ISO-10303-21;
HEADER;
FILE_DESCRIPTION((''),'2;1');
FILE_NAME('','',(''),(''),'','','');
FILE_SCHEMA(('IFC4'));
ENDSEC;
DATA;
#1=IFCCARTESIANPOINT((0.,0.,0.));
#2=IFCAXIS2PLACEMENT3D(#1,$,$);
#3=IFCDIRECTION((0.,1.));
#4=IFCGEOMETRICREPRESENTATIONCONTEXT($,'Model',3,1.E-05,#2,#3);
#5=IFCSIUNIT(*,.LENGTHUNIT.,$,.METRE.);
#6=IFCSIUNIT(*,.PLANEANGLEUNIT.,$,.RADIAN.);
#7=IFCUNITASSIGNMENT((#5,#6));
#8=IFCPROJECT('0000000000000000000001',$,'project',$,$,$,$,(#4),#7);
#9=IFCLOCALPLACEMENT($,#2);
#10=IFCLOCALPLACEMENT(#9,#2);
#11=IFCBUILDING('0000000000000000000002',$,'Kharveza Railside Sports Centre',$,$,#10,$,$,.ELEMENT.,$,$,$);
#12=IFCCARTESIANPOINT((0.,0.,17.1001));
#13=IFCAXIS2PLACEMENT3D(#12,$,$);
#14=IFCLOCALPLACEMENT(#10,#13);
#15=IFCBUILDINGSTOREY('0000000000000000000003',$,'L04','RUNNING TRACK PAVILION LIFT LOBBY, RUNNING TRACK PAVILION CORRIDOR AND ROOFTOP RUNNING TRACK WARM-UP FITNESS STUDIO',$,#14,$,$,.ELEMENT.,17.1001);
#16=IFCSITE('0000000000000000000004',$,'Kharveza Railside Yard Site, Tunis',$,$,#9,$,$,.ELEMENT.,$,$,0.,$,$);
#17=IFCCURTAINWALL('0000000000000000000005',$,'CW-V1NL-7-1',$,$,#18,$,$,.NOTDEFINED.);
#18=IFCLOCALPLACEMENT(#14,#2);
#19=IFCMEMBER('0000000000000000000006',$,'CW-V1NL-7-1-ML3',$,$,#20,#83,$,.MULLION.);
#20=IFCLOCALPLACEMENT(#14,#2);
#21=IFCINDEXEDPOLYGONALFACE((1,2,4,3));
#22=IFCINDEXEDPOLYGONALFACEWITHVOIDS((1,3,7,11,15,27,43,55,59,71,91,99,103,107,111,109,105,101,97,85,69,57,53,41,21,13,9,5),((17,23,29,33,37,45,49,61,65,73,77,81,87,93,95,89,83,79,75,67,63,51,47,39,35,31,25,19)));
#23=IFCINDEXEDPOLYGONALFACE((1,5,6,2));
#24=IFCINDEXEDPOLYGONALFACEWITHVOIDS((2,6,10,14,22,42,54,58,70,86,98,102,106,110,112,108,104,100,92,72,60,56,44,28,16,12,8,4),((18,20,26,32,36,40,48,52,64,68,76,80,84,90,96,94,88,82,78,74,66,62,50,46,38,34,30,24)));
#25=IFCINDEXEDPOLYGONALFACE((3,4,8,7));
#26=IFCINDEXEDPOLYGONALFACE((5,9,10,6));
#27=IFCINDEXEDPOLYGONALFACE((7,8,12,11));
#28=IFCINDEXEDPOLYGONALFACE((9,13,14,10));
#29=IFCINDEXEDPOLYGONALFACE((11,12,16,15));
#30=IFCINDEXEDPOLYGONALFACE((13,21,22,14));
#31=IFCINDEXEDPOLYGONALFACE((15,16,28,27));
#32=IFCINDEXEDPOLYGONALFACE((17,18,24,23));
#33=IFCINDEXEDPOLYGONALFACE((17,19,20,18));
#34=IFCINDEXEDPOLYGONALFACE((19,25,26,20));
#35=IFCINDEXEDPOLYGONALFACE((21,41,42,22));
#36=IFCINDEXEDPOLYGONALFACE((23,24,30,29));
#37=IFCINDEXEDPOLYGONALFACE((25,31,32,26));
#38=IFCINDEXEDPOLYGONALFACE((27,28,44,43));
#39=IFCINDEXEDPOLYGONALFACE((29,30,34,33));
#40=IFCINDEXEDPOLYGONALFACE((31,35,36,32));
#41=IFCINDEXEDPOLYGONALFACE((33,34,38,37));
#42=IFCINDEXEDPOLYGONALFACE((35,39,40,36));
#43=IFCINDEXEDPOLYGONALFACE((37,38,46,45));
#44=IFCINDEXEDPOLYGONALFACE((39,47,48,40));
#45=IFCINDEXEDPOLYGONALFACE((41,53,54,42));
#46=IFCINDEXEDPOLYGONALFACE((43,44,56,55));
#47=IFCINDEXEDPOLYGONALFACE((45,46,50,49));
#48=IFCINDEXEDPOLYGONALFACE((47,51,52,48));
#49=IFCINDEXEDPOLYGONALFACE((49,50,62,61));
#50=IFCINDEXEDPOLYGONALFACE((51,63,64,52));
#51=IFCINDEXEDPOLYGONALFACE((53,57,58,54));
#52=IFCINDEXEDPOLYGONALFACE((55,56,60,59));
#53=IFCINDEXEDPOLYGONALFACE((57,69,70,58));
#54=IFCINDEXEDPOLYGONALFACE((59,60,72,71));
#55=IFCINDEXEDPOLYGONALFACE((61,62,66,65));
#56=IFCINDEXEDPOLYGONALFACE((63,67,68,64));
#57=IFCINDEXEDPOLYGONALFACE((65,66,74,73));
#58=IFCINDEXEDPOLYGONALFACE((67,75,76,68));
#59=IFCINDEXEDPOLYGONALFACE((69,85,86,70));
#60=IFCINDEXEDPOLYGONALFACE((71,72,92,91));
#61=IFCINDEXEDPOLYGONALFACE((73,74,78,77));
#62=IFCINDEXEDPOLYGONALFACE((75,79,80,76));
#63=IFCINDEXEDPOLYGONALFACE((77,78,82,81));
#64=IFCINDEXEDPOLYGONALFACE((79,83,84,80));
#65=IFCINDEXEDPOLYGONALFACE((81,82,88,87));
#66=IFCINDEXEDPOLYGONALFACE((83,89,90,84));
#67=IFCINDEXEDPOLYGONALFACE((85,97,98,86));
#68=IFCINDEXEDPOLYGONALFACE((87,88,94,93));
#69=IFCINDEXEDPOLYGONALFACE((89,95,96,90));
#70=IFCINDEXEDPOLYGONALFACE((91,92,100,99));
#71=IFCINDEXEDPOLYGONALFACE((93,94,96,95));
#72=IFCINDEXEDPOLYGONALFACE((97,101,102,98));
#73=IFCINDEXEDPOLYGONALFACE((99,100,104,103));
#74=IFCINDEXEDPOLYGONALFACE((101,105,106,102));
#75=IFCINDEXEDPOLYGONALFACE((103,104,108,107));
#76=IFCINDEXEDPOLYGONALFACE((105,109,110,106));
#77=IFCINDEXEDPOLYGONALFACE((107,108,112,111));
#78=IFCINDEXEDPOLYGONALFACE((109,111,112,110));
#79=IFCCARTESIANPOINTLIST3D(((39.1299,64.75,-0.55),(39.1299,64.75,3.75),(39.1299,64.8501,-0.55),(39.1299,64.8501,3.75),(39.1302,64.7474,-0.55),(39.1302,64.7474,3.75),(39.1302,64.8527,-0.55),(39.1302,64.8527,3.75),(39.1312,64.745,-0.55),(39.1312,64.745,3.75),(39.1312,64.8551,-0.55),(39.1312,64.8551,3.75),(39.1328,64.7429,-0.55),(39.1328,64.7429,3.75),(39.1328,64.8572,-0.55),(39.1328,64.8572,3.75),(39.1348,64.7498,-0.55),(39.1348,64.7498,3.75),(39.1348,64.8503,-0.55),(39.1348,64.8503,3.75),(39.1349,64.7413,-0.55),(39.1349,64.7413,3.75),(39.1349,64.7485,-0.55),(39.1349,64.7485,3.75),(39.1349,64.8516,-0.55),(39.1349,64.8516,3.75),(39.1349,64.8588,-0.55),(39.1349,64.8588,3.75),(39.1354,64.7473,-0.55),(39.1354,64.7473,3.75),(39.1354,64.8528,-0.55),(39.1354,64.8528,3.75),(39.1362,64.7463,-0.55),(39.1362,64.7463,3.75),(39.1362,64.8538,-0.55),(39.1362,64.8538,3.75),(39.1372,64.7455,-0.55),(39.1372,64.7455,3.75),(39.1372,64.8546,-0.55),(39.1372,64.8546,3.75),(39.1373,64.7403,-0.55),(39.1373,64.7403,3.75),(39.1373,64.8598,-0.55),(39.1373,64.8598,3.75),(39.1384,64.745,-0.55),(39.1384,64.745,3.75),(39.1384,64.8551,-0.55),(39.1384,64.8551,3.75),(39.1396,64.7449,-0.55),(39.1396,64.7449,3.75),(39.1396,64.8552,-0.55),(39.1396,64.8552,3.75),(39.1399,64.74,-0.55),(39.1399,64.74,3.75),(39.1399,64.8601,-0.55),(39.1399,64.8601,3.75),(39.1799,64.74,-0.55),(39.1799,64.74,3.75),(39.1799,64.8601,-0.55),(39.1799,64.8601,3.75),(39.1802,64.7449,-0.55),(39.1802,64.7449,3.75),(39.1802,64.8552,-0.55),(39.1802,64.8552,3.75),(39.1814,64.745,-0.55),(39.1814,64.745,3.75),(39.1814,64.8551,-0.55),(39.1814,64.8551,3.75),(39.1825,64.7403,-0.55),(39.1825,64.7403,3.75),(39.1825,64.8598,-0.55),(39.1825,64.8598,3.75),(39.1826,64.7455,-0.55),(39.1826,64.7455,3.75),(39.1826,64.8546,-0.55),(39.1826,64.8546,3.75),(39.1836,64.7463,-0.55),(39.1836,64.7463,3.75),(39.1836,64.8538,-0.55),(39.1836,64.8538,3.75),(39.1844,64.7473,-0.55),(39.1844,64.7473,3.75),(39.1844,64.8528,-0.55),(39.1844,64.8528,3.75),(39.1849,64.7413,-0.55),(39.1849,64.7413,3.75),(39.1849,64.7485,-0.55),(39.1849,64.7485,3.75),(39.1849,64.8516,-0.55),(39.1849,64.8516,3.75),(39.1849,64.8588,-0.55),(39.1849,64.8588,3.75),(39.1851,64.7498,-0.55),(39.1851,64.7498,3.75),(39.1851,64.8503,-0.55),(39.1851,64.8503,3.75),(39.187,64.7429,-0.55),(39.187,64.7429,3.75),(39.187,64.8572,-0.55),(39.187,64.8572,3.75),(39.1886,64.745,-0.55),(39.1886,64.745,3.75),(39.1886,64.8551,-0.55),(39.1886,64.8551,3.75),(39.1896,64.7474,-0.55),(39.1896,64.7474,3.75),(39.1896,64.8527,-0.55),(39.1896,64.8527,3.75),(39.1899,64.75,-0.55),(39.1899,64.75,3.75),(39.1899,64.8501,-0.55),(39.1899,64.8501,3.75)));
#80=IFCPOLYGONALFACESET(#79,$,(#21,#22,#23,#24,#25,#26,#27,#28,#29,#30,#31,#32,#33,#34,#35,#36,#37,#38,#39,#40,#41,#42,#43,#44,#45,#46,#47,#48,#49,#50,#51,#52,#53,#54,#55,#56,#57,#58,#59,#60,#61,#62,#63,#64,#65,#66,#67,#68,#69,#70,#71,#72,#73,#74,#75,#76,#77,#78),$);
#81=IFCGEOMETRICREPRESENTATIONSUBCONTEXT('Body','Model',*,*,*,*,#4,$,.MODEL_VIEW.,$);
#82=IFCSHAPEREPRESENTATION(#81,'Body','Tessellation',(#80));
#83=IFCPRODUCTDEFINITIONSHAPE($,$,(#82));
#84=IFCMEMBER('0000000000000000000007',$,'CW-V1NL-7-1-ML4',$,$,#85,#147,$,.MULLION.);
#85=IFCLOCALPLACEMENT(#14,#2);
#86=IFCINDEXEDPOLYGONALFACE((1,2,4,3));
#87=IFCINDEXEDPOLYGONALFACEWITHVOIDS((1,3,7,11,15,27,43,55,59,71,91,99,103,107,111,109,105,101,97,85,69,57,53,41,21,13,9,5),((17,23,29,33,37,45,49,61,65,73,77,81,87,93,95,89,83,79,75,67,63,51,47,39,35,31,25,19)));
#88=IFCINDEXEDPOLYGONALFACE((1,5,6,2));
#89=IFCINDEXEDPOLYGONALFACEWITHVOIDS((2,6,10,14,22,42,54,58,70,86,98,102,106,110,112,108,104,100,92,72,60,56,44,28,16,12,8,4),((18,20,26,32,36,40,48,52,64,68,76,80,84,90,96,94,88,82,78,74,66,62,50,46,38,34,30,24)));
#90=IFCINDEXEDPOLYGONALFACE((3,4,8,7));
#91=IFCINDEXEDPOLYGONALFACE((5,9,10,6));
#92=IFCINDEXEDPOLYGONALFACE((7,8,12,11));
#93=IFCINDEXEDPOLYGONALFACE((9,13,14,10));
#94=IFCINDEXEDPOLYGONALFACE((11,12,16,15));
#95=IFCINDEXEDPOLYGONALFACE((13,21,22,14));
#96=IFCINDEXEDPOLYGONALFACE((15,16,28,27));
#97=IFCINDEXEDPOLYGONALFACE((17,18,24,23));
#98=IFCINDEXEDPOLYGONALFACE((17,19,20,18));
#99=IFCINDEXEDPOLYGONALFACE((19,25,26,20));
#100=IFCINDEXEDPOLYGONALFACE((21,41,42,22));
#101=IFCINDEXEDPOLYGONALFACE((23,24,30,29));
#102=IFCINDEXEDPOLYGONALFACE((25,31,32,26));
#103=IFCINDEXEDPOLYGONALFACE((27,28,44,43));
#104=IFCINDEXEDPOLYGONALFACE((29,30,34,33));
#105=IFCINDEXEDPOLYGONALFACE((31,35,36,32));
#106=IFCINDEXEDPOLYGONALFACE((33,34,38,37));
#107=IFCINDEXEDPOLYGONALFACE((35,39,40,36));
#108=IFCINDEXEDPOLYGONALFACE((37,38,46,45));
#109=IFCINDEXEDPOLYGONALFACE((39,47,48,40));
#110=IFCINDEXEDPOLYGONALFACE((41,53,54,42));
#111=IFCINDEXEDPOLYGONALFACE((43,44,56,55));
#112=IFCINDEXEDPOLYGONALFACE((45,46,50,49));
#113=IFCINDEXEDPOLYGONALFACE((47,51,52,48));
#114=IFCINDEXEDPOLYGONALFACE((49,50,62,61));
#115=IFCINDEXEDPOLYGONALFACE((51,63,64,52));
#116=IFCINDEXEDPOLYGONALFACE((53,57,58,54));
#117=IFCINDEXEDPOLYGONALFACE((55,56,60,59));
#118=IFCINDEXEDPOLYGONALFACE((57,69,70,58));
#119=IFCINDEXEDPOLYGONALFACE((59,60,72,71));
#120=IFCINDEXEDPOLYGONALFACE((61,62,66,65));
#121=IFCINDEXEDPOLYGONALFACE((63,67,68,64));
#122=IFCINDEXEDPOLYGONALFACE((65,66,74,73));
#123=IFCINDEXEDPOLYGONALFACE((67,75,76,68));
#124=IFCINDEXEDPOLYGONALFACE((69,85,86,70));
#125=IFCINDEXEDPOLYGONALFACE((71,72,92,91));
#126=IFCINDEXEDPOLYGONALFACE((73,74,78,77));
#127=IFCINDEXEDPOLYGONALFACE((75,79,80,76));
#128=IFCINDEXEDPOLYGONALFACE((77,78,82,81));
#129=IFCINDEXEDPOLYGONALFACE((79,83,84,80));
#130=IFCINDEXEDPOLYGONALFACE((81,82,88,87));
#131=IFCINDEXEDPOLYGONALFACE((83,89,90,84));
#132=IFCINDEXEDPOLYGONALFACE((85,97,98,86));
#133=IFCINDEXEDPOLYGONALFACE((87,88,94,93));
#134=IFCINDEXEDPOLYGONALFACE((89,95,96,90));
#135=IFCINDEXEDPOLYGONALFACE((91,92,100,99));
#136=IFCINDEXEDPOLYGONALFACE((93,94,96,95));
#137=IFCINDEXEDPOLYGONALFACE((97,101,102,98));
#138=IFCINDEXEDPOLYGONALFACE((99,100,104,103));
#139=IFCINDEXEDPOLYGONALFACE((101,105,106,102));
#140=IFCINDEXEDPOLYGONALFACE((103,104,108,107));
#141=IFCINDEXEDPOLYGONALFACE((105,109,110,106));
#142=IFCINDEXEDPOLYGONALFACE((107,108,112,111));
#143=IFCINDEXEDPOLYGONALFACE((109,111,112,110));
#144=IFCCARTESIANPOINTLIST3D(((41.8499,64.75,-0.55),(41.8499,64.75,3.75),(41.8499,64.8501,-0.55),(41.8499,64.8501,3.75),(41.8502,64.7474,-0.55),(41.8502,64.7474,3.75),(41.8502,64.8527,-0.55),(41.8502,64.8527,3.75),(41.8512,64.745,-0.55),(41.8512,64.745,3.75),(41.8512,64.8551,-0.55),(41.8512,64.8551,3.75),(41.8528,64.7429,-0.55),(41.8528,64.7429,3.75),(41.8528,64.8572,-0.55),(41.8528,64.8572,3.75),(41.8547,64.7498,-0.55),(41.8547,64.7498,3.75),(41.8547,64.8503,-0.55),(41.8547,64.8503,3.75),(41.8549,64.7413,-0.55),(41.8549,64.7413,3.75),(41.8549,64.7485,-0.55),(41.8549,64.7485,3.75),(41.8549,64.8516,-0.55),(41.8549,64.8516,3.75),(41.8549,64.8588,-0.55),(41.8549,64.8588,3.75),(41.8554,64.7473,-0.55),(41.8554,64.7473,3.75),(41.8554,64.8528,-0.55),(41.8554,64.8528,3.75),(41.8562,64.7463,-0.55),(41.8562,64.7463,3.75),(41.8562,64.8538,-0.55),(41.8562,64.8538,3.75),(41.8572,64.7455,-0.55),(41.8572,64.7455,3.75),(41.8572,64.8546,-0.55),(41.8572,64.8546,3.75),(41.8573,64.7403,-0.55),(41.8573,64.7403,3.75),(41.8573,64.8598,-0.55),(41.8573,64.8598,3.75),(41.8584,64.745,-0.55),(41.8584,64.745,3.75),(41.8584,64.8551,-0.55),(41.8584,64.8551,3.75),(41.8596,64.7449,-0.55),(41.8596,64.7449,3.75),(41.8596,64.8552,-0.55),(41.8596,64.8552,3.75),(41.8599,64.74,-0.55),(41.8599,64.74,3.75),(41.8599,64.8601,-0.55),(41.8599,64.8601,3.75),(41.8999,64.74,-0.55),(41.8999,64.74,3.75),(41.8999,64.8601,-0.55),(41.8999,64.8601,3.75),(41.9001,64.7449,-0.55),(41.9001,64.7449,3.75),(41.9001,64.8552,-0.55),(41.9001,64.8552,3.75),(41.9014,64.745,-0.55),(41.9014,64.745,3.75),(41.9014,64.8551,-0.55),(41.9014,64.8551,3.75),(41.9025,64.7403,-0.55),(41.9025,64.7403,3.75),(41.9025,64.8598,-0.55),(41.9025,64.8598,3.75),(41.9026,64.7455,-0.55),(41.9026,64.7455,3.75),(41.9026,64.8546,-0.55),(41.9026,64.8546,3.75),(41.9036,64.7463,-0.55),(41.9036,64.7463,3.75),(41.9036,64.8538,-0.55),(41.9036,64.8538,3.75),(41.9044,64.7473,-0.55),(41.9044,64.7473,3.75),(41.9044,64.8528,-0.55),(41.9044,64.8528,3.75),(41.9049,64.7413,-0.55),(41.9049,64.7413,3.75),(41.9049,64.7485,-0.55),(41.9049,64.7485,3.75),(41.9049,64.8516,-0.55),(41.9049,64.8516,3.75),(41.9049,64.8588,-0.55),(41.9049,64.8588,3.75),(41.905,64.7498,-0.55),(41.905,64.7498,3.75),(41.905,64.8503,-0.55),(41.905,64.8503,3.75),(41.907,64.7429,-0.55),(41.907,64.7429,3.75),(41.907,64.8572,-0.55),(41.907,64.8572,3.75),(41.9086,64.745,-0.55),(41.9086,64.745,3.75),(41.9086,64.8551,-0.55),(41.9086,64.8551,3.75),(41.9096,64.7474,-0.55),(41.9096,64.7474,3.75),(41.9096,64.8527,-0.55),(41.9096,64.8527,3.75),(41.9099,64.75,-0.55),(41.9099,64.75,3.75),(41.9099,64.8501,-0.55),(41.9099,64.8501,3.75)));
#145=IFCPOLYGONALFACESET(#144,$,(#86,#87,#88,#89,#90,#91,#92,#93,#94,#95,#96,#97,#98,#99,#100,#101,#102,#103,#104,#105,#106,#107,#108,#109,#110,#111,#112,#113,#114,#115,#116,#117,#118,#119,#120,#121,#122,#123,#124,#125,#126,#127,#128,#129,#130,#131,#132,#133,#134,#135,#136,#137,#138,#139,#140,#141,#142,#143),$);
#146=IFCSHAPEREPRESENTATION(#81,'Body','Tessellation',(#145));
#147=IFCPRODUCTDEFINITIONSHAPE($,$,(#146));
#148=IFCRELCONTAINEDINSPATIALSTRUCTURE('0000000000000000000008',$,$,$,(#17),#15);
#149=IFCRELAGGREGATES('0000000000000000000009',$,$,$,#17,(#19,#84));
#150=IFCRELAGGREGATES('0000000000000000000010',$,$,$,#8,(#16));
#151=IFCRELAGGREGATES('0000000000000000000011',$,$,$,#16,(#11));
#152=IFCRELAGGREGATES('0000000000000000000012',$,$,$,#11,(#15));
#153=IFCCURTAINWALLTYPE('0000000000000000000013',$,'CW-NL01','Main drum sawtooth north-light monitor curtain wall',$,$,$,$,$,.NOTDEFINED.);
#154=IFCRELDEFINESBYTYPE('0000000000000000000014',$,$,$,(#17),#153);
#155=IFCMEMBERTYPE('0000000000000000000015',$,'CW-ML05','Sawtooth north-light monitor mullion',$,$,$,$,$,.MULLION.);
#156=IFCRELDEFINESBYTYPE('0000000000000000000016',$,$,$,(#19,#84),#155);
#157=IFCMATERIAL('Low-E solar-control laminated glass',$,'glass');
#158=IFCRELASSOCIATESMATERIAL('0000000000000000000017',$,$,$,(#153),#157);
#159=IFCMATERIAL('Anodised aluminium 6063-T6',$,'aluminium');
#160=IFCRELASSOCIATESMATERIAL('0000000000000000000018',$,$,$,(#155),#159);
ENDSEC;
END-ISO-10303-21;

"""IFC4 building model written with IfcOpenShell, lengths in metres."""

from ifc_helpers import new_model, si_unit, direction, frame, origin, origin_2d, place, context, subcontext, project, spatial, hollow_rectangle, extrude, material, material_profile, profile_set, type_object, element, aggregate, save


model = new_model("IFC4")

# Units and contexts
model_context = context("Model", 3, precision=1e-05, world=origin(), true_north=direction((0.0, 1.0)))
body_context = subcontext(model_context, "Body", "Model", "MODEL_VIEW")
ifc_project = project(units=[si_unit("LENGTHUNIT", "METRE"), si_unit("PLANEANGLEUNIT", "RADIAN")], contexts=[model_context])

# Site, building, storey
site_placement = place(None, origin())
site = spatial("IfcSite", under=ifc_project, at=site_placement, Name="Kharveza Railside Yard Site, Tunis", CompositionType="ELEMENT", RefElevation=0.0)
building_placement = place(site_placement, origin())
building = spatial("IfcBuilding", under=site, at=building_placement, Name="Kharveza Railside Sports Centre", CompositionType="ELEMENT")
storey_placement = place(building_placement, frame((0.0, 0.0, 17.1001)))
storey = spatial("IfcBuildingStorey", under=building, at=storey_placement, Name="L04", Description="RUNNING TRACK PAVILION LIFT LOBBY, RUNNING TRACK PAVILION CORRIDOR AND ROOFTOP RUNNING TRACK WARM-UP FITNESS STUDIO", CompositionType="ELEMENT", Elevation=17.1001)

# Curtain wall, members
ifc_material_1 = material(Name="Low-E solar-control laminated glass", Category="glass")
curtain_wall_type = type_object("IfcCurtainWallType", Name="CW-NL01", Description="Main drum sawtooth north-light monitor curtain wall", PredefinedType="NOTDEFINED", material=ifc_material_1)
curtain_wall_1_placement = place(storey_placement, origin())
curtain_wall_1 = element("IfcCurtainWall", 1, at=curtain_wall_1_placement, inside=storey, type_object=curtain_wall_type, Name="CW-V1NL-7-1", PredefinedType="NOTDEFINED")
ifc_material_2 = material(Name="Anodised aluminium 6063-T6", Category="aluminium")
ifc_material_profile_1 = material_profile(ifc_material_2, hollow_rectangle(XDim=0.0601, YDim=0.1201, WallThickness=0.0049, InnerFilletRadius=0.0049, OuterFilletRadius=0.01, at=origin_2d()), Name="RHS 60x120x5.0")
ifc_profile_set_1 = profile_set([ifc_material_profile_1], Name="Anodised aluminium 6063-T6")
member_type_1 = type_object("IfcMemberType", Name="CW-ML05", Description="Sawtooth north-light monitor mullion", PredefinedType="MULLION", material=ifc_profile_set_1)
member_1_placement = place(storey_placement, frame((39.1599, 64.8, -0.55), z_axis=(0.0, 0.0, 1.0), x_axis=(1.0, 0.0, 0.0)))
member_1 = element("IfcMember", 2, at=member_1_placement, type_object=member_type_1, Name="CW-V1NL-7-1-ML3", PredefinedType="MULLION", context=body_context, shape_type="SweptSolid", body=[
    extrude(hollow_rectangle(XDim=0.0601, YDim=0.1201, WallThickness=0.0049, InnerFilletRadius=0.0049, OuterFilletRadius=0.01, at=origin_2d()), origin(), (0.0, 0.0, 1.0), 4.3),
])
member_2_placement = place(storey_placement, frame((41.8799, 64.8, -0.55), z_axis=(0.0, 0.0, 1.0), x_axis=(1.0, 0.0, 0.0)))
member_2 = element("IfcMember", 3, at=member_2_placement, type_object=member_type_1, Name="CW-V1NL-7-1-ML4", PredefinedType="MULLION", context=body_context, shape_type="SweptSolid", body=[
    extrude(hollow_rectangle(XDim=0.0601, YDim=0.1201, WallThickness=0.0049, InnerFilletRadius=0.0049, OuterFilletRadius=0.01, at=origin_2d()), origin(), (0.0, 0.0, 1.0), 4.3),
])

aggregate(curtain_wall_1, [member_1, member_2])

save(model, "model.ifc")
